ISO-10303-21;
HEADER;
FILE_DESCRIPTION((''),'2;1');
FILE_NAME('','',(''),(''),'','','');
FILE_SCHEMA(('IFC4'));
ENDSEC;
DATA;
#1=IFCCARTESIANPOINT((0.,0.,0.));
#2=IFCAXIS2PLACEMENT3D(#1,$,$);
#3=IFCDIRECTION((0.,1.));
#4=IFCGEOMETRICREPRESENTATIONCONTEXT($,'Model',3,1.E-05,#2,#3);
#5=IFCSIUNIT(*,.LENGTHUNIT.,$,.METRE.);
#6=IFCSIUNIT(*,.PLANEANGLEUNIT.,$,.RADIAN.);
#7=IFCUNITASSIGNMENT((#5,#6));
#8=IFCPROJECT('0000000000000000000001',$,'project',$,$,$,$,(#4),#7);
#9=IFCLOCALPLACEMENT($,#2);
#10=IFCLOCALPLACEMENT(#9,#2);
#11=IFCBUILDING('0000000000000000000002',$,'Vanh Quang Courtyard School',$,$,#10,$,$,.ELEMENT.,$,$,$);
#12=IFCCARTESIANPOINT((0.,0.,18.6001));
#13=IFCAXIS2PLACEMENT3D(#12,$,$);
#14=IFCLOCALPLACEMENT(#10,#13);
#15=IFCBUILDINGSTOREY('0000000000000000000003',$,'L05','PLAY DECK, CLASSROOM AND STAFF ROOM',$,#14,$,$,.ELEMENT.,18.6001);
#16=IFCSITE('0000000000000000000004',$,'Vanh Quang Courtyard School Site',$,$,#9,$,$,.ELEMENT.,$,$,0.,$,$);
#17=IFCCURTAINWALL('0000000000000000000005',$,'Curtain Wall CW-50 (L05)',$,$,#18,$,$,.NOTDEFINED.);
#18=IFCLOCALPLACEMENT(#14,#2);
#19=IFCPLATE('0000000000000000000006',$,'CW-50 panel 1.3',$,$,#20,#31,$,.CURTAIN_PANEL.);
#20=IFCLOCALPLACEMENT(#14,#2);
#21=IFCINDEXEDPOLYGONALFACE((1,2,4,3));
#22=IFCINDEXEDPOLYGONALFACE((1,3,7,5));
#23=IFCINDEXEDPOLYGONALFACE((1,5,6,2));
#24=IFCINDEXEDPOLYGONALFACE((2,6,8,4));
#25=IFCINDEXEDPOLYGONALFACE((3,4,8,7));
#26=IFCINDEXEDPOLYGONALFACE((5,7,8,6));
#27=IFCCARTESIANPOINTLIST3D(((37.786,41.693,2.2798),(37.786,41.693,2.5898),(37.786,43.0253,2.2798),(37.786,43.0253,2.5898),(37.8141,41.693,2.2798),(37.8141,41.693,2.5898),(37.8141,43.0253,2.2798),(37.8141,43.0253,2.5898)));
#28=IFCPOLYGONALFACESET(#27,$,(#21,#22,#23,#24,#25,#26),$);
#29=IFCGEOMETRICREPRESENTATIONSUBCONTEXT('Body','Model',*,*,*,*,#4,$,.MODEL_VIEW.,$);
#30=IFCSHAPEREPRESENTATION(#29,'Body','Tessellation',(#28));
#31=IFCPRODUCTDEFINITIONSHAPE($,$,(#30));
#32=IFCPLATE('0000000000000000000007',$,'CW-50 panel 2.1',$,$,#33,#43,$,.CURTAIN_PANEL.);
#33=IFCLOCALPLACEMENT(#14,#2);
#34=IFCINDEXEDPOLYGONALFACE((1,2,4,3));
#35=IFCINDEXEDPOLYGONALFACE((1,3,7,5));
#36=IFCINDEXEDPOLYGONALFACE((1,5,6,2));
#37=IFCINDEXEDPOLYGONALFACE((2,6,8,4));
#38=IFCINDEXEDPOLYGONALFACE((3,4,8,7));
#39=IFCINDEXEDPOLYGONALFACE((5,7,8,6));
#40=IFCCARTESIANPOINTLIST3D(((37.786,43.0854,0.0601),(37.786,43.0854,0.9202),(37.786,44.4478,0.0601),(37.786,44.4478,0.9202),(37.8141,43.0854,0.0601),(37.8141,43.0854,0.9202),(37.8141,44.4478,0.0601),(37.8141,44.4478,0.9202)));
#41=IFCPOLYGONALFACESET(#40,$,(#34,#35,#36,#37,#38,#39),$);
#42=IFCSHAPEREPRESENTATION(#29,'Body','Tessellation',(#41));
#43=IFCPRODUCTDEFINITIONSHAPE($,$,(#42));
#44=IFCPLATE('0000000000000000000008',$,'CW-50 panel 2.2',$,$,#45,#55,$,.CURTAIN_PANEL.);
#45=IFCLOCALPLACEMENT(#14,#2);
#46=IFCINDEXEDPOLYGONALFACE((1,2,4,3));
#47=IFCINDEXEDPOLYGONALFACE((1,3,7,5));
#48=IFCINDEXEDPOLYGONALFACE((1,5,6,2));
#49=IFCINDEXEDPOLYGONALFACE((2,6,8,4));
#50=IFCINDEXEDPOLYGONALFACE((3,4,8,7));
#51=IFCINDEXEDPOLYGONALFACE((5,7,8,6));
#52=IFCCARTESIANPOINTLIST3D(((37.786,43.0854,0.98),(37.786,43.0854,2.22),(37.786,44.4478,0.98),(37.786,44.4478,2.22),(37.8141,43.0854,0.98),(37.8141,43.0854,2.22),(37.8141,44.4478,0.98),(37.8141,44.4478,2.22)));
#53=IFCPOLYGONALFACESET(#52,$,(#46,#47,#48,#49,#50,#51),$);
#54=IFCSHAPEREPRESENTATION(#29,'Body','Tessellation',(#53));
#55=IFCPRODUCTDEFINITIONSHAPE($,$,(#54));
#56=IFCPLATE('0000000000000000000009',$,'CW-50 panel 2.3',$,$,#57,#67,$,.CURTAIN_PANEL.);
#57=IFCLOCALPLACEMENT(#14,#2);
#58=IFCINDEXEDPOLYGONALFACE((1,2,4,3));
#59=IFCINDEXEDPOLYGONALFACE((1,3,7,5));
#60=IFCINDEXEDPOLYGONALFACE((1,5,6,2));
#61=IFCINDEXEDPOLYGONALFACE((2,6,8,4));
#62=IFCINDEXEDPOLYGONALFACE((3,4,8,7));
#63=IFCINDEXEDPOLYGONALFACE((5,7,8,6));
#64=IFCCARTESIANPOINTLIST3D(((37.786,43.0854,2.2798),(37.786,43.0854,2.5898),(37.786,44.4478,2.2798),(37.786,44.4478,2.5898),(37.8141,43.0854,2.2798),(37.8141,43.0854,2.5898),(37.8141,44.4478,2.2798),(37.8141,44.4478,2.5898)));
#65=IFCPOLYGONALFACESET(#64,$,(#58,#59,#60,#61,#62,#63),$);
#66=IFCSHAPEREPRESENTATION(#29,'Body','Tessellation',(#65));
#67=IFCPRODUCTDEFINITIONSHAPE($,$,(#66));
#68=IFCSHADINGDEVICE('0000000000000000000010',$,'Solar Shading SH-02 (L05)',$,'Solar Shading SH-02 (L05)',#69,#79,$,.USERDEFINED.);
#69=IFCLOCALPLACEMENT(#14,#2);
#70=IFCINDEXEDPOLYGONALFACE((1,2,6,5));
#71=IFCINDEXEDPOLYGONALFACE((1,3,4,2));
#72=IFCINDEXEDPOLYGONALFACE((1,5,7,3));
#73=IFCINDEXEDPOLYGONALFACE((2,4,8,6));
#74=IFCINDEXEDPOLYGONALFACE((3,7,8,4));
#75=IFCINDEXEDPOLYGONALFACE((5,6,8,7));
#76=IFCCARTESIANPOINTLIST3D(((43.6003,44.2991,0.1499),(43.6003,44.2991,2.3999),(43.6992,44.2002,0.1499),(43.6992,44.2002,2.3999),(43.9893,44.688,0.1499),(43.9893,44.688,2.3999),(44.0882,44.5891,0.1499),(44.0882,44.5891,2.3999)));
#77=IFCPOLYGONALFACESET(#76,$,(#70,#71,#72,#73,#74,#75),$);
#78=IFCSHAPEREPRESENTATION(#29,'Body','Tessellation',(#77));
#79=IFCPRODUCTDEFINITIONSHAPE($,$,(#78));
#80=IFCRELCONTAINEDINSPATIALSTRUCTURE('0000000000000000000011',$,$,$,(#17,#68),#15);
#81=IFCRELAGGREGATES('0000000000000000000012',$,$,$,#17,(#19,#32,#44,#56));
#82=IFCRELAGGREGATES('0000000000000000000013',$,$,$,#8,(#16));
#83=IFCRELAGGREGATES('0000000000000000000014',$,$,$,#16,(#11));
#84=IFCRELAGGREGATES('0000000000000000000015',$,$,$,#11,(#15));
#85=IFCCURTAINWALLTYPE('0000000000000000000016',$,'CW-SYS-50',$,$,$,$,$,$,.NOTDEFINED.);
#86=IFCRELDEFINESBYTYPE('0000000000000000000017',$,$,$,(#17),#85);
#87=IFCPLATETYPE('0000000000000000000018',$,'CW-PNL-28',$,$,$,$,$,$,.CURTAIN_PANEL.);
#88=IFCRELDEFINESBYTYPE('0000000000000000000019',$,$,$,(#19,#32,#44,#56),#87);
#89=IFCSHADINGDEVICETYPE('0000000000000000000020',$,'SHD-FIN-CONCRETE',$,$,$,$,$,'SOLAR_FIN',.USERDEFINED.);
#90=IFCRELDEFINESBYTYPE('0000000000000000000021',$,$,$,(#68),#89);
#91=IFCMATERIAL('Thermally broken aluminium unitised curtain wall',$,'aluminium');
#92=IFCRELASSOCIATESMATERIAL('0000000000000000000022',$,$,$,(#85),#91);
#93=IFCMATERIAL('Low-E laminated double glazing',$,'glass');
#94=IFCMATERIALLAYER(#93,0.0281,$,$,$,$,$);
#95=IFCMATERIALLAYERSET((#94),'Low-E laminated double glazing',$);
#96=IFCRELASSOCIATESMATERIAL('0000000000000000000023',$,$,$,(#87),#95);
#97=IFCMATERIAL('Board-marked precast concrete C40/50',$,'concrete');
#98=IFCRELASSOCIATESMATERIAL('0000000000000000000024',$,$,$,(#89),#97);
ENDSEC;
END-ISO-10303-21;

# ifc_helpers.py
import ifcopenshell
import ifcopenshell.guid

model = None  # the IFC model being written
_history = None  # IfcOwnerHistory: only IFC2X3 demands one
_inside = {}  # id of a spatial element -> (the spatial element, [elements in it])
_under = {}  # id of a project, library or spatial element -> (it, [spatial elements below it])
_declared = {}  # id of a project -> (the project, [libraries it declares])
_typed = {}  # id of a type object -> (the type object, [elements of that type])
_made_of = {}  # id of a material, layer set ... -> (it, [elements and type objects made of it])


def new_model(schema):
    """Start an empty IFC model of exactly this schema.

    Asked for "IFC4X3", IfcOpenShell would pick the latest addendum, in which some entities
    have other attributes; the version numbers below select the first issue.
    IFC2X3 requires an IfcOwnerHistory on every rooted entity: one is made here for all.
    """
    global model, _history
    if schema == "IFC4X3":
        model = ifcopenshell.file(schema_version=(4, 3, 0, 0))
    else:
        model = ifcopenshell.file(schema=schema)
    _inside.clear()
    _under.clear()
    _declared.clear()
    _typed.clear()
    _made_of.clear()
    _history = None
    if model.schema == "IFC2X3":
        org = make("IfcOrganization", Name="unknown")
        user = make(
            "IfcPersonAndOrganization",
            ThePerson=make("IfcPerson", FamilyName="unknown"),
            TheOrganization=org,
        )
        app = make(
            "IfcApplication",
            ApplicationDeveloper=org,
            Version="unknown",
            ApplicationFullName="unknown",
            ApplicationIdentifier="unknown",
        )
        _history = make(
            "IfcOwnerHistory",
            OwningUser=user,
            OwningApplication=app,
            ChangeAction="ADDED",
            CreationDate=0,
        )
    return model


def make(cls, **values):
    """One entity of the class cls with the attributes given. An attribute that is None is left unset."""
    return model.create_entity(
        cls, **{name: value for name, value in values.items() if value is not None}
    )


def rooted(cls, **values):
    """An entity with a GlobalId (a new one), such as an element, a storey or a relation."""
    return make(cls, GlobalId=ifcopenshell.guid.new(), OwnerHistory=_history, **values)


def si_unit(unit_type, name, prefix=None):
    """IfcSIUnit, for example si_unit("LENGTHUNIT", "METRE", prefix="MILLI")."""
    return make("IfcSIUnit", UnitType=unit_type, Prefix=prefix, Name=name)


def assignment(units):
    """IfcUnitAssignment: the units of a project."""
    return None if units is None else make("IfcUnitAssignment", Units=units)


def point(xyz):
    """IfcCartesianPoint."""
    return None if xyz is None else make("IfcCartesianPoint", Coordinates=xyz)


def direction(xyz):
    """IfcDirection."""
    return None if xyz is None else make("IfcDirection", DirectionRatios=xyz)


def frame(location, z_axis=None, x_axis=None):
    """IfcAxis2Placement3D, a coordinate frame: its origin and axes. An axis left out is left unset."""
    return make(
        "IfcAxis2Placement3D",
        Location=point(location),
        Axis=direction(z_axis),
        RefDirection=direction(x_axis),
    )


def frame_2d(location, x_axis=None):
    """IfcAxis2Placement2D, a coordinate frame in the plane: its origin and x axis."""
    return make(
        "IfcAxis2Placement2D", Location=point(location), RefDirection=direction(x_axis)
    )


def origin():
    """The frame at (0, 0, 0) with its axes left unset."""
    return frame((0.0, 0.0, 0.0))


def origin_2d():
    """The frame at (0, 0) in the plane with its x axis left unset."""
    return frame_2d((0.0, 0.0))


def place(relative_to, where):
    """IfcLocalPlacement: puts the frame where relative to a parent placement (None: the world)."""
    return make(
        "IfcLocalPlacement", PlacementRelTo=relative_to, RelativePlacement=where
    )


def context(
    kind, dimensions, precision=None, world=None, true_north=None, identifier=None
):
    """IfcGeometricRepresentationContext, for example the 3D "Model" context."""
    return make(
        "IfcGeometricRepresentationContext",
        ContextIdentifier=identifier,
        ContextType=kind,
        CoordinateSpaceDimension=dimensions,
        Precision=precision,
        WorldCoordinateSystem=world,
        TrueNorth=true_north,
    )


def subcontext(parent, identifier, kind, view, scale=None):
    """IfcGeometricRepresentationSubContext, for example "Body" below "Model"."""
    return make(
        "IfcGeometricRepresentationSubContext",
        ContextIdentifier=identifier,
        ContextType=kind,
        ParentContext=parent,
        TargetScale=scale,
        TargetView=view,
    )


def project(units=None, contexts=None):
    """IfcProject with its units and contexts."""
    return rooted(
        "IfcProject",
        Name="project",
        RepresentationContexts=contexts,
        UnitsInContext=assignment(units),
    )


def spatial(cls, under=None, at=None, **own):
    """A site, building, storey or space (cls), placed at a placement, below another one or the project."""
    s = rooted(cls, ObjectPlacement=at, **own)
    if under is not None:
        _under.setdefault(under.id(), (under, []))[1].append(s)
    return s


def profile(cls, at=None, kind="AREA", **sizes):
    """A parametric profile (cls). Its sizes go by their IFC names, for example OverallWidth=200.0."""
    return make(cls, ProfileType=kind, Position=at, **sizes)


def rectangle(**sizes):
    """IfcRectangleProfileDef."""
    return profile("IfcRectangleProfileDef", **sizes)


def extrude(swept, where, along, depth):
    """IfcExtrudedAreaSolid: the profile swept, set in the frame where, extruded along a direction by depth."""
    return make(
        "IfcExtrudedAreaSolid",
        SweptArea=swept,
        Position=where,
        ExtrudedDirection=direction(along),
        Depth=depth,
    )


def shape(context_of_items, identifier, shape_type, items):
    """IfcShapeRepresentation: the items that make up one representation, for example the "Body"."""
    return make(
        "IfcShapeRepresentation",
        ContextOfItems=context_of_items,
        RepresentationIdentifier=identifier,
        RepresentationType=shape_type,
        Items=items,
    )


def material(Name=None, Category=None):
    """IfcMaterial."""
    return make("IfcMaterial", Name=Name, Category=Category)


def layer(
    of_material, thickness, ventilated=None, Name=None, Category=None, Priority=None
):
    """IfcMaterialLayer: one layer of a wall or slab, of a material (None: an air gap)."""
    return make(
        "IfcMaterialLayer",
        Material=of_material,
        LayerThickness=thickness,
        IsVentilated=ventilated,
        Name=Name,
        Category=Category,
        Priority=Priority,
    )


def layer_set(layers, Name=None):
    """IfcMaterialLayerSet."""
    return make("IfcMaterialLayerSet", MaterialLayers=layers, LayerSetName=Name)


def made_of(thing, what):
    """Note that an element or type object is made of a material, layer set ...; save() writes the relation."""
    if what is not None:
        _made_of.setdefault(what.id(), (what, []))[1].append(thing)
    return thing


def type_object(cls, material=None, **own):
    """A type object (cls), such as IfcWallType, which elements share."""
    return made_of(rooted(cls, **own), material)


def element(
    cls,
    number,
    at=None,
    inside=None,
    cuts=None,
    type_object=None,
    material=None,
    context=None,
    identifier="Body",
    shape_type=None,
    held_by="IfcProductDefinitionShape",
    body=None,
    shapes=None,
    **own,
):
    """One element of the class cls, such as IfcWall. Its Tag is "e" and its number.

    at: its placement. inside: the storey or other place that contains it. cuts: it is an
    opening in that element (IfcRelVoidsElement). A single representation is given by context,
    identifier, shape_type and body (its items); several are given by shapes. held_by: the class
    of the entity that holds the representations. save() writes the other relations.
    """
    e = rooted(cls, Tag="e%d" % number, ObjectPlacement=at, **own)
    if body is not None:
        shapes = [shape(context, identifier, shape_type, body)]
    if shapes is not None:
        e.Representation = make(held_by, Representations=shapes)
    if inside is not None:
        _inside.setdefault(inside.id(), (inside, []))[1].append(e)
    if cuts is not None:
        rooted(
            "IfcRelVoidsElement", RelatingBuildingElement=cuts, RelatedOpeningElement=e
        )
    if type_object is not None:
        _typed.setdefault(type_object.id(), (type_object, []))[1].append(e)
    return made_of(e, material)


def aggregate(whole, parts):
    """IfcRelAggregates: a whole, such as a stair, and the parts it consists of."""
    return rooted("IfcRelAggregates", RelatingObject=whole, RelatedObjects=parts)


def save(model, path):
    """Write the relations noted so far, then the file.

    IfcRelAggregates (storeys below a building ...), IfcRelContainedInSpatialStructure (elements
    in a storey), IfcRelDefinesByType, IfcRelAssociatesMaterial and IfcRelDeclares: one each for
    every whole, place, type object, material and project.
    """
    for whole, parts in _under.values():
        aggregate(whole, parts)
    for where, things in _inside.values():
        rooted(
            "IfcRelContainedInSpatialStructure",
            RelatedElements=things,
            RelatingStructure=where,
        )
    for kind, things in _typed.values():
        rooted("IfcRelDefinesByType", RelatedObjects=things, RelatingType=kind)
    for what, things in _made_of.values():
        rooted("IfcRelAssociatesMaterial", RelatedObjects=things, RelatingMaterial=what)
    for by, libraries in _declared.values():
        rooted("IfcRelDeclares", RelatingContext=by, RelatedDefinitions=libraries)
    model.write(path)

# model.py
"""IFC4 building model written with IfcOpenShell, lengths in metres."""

from ifc_helpers import new_model, si_unit, direction, frame, origin, origin_2d, place, context, subcontext, project, spatial, rectangle, extrude, material, layer, layer_set, type_object, element, aggregate, save


model = new_model("IFC4")

# Units and contexts
model_context = context("Model", 3, precision=1e-05, world=origin(), true_north=direction((0.0, 1.0)))
body_context = subcontext(model_context, "Body", "Model", "MODEL_VIEW")
ifc_project = project(units=[si_unit("LENGTHUNIT", "METRE"), si_unit("PLANEANGLEUNIT", "RADIAN")], contexts=[model_context])

# Site, building, storey
site_placement = place(None, origin())
site = spatial("IfcSite", under=ifc_project, at=site_placement, Name="Vanh Quang Courtyard School Site", CompositionType="ELEMENT", RefElevation=0.0)
building_placement = place(site_placement, origin())
building = spatial("IfcBuilding", under=site, at=building_placement, Name="Vanh Quang Courtyard School", CompositionType="ELEMENT")
storey_placement = place(building_placement, frame((0.0, 0.0, 18.6001)))
storey = spatial("IfcBuildingStorey", under=building, at=storey_placement, Name="L05", Description="PLAY DECK, CLASSROOM AND STAFF ROOM", CompositionType="ELEMENT", Elevation=18.6001)

# Curtain wall, plates
ifc_material_1 = material(Name="Thermally broken aluminium unitised curtain wall", Category="aluminium")
curtain_wall_type = type_object("IfcCurtainWallType", Name="CW-SYS-50", PredefinedType="NOTDEFINED", material=ifc_material_1)
curtain_wall_placement = place(storey_placement, origin())
curtain_wall = element("IfcCurtainWall", 1, at=curtain_wall_placement, inside=storey, type_object=curtain_wall_type, Name="Curtain Wall CW-50 (L05)", PredefinedType="NOTDEFINED")
ifc_material_2 = material(Name="Low-E laminated double glazing", Category="glass")
ifc_layer = layer(ifc_material_2, 0.0281)
ifc_layer_set = layer_set([ifc_layer], Name="Low-E laminated double glazing")
plate_type = type_object("IfcPlateType", Name="CW-PNL-28", PredefinedType="CURTAIN_PANEL", material=ifc_layer_set)
plate_1_placement = place(storey_placement, frame((37.8, 42.3591, 2.2798), z_axis=(0.0, 0.0, 1.0), x_axis=(0.0, 1.0, 0.0)))
plate_1 = element("IfcPlate", 2, at=plate_1_placement, type_object=plate_type, Name="CW-50 panel 1.3", PredefinedType="CURTAIN_PANEL", context=body_context, shape_type="SweptSolid", body=[
    extrude(rectangle(XDim=1.3323, YDim=0.0281, at=origin_2d()), origin(), (0.0, 0.0, 1.0), 0.3101),
])
plate_2_placement = place(storey_placement, frame((37.8, 43.7666, 0.0601), z_axis=(0.0, 0.0, 1.0), x_axis=(0.0, 1.0, 0.0)))
plate_2 = element("IfcPlate", 3, at=plate_2_placement, type_object=plate_type, Name="CW-50 panel 2.1", PredefinedType="CURTAIN_PANEL", context=body_context, shape_type="SweptSolid", body=[
    extrude(rectangle(XDim=1.3623, YDim=0.0281, at=origin_2d()), origin(), (0.0, 0.0, 1.0), 0.8601),
])
plate_3_placement = place(storey_placement, frame((37.8, 43.7666, 0.98), z_axis=(0.0, 0.0, 1.0), x_axis=(0.0, 1.0, 0.0)))
plate_3 = element("IfcPlate", 4, at=plate_3_placement, type_object=plate_type, Name="CW-50 panel 2.2", PredefinedType="CURTAIN_PANEL", context=body_context, shape_type="SweptSolid", body=[
    extrude(rectangle(XDim=1.3623, YDim=0.0281, at=origin_2d()), origin(), (0.0, 0.0, 1.0), 1.24),
])
plate_4_placement = place(storey_placement, frame((37.8, 43.7666, 2.2798), z_axis=(0.0, 0.0, 1.0), x_axis=(0.0, 1.0, 0.0)))
plate_4 = element("IfcPlate", 5, at=plate_4_placement, type_object=plate_type, Name="CW-50 panel 2.3", PredefinedType="CURTAIN_PANEL", context=body_context, shape_type="SweptSolid", body=[
    extrude(rectangle(XDim=1.3623, YDim=0.0281, at=origin_2d()), origin(), (0.0, 0.0, 1.0), 0.3101),
])
aggregate(curtain_wall, [plate_1, plate_2, plate_3, plate_4])

# Shading device
ifc_material_3 = material(Name="Board-marked precast concrete C40/50", Category="concrete")
shading_device_type = type_object("IfcShadingDeviceType", Name="SHD-FIN-CONCRETE", ElementType="SOLAR_FIN", PredefinedType="USERDEFINED", material=ifc_material_3)
shading_device_placement = place(storey_placement, frame((43.8442, 44.4441, 0.1499), z_axis=(0.0, 0.0, 1.0), x_axis=(0.707107, -0.707107, 0.0)))
element("IfcShadingDevice", 6, at=shading_device_placement, inside=storey, type_object=shading_device_type, Name="Solar Shading SH-02 (L05)", ObjectType="Solar Shading SH-02 (L05)", PredefinedType="USERDEFINED", context=body_context, shape_type="SweptSolid", body=[
    extrude(rectangle(XDim=0.1399, YDim=0.55, at=origin_2d()), origin(), (0.0, 0.0, 1.0), 2.25),
])

save(model, "model.ifc")
